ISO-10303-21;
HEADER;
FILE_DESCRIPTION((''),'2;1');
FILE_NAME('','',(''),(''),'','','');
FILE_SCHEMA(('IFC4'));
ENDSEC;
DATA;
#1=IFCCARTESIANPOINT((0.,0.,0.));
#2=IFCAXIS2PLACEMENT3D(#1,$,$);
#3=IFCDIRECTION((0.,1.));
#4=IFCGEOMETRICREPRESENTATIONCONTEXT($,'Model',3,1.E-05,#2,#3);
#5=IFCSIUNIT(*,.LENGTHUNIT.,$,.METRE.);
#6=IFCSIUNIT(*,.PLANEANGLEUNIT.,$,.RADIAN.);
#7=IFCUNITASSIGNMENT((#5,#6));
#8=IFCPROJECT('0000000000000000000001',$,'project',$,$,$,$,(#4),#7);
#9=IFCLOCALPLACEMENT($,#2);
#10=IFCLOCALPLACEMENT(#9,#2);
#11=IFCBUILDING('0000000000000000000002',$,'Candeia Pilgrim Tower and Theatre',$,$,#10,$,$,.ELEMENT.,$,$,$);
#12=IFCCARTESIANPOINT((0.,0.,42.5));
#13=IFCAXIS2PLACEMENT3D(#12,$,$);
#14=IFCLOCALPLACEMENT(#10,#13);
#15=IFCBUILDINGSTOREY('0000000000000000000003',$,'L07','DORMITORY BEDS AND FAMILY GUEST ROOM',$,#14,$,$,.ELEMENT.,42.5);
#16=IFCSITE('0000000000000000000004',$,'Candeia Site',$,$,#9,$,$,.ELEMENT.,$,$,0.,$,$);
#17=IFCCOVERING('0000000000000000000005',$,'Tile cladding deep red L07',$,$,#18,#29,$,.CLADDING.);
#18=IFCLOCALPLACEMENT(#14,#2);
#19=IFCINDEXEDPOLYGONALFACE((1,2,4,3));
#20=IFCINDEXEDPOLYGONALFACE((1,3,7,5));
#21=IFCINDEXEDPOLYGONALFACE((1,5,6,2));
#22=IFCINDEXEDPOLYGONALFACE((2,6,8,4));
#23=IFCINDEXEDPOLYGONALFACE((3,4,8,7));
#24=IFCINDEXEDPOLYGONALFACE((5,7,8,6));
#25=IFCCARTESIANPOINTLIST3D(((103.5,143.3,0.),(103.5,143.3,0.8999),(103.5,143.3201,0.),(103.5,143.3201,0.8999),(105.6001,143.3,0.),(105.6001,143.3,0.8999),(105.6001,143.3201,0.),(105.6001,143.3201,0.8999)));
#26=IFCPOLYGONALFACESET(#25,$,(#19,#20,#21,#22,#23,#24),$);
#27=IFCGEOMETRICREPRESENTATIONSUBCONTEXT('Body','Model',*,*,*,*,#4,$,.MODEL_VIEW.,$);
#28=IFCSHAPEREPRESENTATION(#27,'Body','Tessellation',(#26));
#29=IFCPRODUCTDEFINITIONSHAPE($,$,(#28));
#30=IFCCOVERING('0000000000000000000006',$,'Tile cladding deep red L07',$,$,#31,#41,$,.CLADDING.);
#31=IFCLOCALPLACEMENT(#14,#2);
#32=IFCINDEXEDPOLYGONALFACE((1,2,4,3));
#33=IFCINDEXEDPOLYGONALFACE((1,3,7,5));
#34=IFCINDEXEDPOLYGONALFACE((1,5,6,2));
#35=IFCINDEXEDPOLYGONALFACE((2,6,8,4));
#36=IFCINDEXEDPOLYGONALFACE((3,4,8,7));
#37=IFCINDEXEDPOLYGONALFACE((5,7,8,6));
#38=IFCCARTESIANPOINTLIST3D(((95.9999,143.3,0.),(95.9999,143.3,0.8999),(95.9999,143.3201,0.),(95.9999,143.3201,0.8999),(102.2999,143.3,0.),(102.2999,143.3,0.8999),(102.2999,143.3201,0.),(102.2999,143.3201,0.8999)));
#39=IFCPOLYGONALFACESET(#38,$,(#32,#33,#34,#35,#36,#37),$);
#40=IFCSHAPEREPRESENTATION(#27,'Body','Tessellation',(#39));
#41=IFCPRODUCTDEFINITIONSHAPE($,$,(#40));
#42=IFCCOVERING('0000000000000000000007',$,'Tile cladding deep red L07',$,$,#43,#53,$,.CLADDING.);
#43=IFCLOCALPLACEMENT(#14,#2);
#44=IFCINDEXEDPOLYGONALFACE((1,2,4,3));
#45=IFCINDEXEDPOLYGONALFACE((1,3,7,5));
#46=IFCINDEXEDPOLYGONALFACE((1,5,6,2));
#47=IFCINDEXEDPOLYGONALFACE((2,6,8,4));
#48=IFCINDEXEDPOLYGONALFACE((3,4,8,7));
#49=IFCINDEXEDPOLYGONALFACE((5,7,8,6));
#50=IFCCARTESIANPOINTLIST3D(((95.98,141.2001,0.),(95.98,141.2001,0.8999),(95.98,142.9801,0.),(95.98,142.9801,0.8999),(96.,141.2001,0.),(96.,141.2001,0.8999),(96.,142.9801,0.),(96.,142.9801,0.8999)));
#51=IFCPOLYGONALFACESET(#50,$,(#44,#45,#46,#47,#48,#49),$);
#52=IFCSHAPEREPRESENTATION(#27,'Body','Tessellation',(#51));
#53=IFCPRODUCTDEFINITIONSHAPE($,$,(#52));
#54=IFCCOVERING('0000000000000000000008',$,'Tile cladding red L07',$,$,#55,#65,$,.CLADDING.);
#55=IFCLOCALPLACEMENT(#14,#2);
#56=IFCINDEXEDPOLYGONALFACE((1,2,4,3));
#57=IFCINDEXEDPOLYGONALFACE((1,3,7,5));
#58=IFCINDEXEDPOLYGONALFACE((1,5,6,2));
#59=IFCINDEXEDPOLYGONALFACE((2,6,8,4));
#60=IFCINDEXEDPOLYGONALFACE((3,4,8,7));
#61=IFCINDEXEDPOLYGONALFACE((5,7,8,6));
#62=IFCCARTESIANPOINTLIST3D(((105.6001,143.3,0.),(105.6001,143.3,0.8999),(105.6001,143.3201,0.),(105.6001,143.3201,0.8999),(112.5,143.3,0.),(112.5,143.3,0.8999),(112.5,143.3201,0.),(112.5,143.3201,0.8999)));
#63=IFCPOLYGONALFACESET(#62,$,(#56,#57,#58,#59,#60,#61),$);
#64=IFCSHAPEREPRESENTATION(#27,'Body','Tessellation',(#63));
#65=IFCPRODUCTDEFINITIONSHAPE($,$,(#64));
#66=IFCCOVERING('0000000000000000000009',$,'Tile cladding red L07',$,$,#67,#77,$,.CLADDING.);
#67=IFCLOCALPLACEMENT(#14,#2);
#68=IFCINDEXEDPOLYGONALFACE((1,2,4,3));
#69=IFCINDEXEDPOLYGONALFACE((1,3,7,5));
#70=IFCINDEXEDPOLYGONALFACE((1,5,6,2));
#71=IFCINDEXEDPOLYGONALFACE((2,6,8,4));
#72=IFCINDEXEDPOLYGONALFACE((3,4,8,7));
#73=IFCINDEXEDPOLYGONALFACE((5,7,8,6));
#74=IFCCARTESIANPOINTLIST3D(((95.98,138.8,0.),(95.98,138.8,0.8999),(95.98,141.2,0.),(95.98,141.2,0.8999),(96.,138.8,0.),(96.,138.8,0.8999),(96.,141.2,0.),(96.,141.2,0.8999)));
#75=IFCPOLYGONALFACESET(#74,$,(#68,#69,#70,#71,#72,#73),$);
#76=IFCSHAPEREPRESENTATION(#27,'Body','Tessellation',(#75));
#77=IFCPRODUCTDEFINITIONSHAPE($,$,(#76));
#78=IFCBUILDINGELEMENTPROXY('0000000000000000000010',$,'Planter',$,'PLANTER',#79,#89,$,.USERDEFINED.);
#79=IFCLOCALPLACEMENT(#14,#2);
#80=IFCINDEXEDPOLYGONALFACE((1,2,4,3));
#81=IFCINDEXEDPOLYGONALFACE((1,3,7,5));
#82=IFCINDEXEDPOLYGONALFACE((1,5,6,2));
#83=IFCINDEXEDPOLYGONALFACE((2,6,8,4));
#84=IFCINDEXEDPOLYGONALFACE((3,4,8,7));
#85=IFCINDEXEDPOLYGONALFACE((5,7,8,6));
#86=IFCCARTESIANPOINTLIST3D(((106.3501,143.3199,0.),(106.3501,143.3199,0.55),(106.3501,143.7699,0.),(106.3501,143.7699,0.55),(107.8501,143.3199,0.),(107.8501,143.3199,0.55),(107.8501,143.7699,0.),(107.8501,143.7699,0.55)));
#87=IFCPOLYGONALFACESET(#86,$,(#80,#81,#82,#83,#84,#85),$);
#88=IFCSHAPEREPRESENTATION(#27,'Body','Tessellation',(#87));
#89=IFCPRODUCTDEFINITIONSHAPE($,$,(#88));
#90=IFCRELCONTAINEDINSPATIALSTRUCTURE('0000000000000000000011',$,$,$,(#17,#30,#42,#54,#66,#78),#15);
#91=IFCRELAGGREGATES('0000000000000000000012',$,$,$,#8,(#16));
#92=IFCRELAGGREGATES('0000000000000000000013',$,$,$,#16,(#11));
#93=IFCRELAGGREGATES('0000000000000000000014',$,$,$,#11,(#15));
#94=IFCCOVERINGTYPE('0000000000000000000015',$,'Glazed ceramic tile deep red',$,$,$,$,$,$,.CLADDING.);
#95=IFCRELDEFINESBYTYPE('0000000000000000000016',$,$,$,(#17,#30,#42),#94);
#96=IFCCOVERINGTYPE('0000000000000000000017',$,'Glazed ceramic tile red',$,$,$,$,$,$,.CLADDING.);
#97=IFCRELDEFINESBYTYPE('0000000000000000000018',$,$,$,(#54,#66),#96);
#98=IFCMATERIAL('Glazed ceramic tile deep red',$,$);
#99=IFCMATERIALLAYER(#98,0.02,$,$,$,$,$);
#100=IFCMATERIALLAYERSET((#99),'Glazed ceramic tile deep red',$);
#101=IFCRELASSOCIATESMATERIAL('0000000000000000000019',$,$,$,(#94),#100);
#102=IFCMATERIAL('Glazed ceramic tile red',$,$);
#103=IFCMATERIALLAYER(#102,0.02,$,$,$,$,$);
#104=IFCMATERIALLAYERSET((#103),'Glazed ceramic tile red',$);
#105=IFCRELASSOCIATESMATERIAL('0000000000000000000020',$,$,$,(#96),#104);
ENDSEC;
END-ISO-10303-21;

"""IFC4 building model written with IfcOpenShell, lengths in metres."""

from ifc_helpers import new_model, si_unit, direction, frame, origin, origin_2d, place, context, subcontext, project, spatial, rectangle, extrude, material, layer, layer_set, type_object, element, save


model = new_model("IFC4")

# Units and contexts
model_context = context("Model", 3, precision=1e-05, world=origin(), true_north=direction((0.0, 1.0)))
body_context = subcontext(model_context, "Body", "Model", "MODEL_VIEW")
ifc_project = project(units=[si_unit("LENGTHUNIT", "METRE"), si_unit("PLANEANGLEUNIT", "RADIAN")], contexts=[model_context])

# Site, building, storey
site_placement = place(None, origin())
site = spatial("IfcSite", under=ifc_project, at=site_placement, Name="Candeia Site", CompositionType="ELEMENT", RefElevation=0.0)
building_placement = place(site_placement, origin())
building = spatial("IfcBuilding", under=site, at=building_placement, Name="Candeia Pilgrim Tower and Theatre", CompositionType="ELEMENT")
storey_placement = place(building_placement, frame((0.0, 0.0, 42.5)))
storey = spatial("IfcBuildingStorey", under=building, at=storey_placement, Name="L07", Description="DORMITORY BEDS AND FAMILY GUEST ROOM", CompositionType="ELEMENT", Elevation=42.5)

# Coverings
ifc_material_1 = material(Name="Glazed ceramic tile deep red")
ifc_layer_1 = layer(ifc_material_1, 0.02)
ifc_layer_set_1 = layer_set([ifc_layer_1], Name="Glazed ceramic tile deep red")
covering_type_1 = type_object("IfcCoveringType", Name="Glazed ceramic tile deep red", PredefinedType="CLADDING", material=ifc_layer_set_1)
covering_1_placement = place(storey_placement, frame((104.55, 143.3101, 0.0), z_axis=(0.0, 0.0, 1.0), x_axis=(-1.0, 0.0, 0.0)))
element("IfcCovering", 1, at=covering_1_placement, inside=storey, type_object=covering_type_1, Name="Tile cladding deep red L07", PredefinedType="CLADDING", context=body_context, shape_type="SweptSolid", body=[
    extrude(rectangle(XDim=2.1001, YDim=0.02, at=origin_2d()), origin(), (0.0, 0.0, 1.0), 0.8999),
])
covering_2_placement = place(storey_placement, frame((99.1499, 143.3101, 0.0), z_axis=(0.0, 0.0, 1.0), x_axis=(-1.0, 0.0, 0.0)))
element("IfcCovering", 2, at=covering_2_placement, inside=storey, type_object=covering_type_1, Name="Tile cladding deep red L07", PredefinedType="CLADDING", context=body_context, shape_type="SweptSolid", body=[
    extrude(rectangle(XDim=6.3, YDim=0.02, at=origin_2d()), origin(), (0.0, 0.0, 1.0), 0.8999),
])
covering_3_placement = place(storey_placement, frame((95.99, 142.0901, 0.0), z_axis=(0.0, 0.0, 1.0), x_axis=(0.0, -1.0, 0.0)))
element("IfcCovering", 3, at=covering_3_placement, inside=storey, type_object=covering_type_1, Name="Tile cladding deep red L07", PredefinedType="CLADDING", context=body_context, shape_type="SweptSolid", body=[
    extrude(rectangle(XDim=1.78, YDim=0.02, at=origin_2d()), origin(), (0.0, 0.0, 1.0), 0.8999),
])
ifc_material_2 = material(Name="Glazed ceramic tile red")
ifc_layer_2 = layer(ifc_material_2, 0.02)
ifc_layer_set_2 = layer_set([ifc_layer_2], Name="Glazed ceramic tile red")
covering_type_2 = type_object("IfcCoveringType", Name="Glazed ceramic tile red", PredefinedType="CLADDING", material=ifc_layer_set_2)
covering_4_placement = place(storey_placement, frame((109.05, 143.3101, 0.0), z_axis=(0.0, 0.0, 1.0), x_axis=(-1.0, 0.0, 0.0)))
element("IfcCovering", 4, at=covering_4_placement, inside=storey, type_object=covering_type_2, Name="Tile cladding red L07", PredefinedType="CLADDING", context=body_context, shape_type="SweptSolid", body=[
    extrude(rectangle(XDim=6.8999, YDim=0.02, at=origin_2d()), origin(), (0.0, 0.0, 1.0), 0.8999),
])
covering_5_placement = place(storey_placement, frame((95.99, 140.0, 0.0), z_axis=(0.0, 0.0, 1.0), x_axis=(0.0, -1.0, 0.0)))
element("IfcCovering", 5, at=covering_5_placement, inside=storey, type_object=covering_type_2, Name="Tile cladding red L07", PredefinedType="CLADDING", context=body_context, shape_type="SweptSolid", body=[
    extrude(rectangle(XDim=2.3999, YDim=0.02, at=origin_2d()), origin(), (0.0, 0.0, 1.0), 0.8999),
])

# Building element proxy
proxy_placement = place(storey_placement, frame((107.1001, 143.5449, 0.0), z_axis=(0.0, 0.0, 1.0), x_axis=(-1.0, 0.0, 0.0)))
element("IfcBuildingElementProxy", 6, at=proxy_placement, inside=storey, Name="Planter", ObjectType="PLANTER", PredefinedType="USERDEFINED", context=body_context, shape_type="SweptSolid", body=[
    extrude(rectangle(XDim=1.5, YDim=0.45, at=origin_2d()), origin(), (0.0, 0.0, 1.0), 0.55),
])

save(model, "model.ifc")
